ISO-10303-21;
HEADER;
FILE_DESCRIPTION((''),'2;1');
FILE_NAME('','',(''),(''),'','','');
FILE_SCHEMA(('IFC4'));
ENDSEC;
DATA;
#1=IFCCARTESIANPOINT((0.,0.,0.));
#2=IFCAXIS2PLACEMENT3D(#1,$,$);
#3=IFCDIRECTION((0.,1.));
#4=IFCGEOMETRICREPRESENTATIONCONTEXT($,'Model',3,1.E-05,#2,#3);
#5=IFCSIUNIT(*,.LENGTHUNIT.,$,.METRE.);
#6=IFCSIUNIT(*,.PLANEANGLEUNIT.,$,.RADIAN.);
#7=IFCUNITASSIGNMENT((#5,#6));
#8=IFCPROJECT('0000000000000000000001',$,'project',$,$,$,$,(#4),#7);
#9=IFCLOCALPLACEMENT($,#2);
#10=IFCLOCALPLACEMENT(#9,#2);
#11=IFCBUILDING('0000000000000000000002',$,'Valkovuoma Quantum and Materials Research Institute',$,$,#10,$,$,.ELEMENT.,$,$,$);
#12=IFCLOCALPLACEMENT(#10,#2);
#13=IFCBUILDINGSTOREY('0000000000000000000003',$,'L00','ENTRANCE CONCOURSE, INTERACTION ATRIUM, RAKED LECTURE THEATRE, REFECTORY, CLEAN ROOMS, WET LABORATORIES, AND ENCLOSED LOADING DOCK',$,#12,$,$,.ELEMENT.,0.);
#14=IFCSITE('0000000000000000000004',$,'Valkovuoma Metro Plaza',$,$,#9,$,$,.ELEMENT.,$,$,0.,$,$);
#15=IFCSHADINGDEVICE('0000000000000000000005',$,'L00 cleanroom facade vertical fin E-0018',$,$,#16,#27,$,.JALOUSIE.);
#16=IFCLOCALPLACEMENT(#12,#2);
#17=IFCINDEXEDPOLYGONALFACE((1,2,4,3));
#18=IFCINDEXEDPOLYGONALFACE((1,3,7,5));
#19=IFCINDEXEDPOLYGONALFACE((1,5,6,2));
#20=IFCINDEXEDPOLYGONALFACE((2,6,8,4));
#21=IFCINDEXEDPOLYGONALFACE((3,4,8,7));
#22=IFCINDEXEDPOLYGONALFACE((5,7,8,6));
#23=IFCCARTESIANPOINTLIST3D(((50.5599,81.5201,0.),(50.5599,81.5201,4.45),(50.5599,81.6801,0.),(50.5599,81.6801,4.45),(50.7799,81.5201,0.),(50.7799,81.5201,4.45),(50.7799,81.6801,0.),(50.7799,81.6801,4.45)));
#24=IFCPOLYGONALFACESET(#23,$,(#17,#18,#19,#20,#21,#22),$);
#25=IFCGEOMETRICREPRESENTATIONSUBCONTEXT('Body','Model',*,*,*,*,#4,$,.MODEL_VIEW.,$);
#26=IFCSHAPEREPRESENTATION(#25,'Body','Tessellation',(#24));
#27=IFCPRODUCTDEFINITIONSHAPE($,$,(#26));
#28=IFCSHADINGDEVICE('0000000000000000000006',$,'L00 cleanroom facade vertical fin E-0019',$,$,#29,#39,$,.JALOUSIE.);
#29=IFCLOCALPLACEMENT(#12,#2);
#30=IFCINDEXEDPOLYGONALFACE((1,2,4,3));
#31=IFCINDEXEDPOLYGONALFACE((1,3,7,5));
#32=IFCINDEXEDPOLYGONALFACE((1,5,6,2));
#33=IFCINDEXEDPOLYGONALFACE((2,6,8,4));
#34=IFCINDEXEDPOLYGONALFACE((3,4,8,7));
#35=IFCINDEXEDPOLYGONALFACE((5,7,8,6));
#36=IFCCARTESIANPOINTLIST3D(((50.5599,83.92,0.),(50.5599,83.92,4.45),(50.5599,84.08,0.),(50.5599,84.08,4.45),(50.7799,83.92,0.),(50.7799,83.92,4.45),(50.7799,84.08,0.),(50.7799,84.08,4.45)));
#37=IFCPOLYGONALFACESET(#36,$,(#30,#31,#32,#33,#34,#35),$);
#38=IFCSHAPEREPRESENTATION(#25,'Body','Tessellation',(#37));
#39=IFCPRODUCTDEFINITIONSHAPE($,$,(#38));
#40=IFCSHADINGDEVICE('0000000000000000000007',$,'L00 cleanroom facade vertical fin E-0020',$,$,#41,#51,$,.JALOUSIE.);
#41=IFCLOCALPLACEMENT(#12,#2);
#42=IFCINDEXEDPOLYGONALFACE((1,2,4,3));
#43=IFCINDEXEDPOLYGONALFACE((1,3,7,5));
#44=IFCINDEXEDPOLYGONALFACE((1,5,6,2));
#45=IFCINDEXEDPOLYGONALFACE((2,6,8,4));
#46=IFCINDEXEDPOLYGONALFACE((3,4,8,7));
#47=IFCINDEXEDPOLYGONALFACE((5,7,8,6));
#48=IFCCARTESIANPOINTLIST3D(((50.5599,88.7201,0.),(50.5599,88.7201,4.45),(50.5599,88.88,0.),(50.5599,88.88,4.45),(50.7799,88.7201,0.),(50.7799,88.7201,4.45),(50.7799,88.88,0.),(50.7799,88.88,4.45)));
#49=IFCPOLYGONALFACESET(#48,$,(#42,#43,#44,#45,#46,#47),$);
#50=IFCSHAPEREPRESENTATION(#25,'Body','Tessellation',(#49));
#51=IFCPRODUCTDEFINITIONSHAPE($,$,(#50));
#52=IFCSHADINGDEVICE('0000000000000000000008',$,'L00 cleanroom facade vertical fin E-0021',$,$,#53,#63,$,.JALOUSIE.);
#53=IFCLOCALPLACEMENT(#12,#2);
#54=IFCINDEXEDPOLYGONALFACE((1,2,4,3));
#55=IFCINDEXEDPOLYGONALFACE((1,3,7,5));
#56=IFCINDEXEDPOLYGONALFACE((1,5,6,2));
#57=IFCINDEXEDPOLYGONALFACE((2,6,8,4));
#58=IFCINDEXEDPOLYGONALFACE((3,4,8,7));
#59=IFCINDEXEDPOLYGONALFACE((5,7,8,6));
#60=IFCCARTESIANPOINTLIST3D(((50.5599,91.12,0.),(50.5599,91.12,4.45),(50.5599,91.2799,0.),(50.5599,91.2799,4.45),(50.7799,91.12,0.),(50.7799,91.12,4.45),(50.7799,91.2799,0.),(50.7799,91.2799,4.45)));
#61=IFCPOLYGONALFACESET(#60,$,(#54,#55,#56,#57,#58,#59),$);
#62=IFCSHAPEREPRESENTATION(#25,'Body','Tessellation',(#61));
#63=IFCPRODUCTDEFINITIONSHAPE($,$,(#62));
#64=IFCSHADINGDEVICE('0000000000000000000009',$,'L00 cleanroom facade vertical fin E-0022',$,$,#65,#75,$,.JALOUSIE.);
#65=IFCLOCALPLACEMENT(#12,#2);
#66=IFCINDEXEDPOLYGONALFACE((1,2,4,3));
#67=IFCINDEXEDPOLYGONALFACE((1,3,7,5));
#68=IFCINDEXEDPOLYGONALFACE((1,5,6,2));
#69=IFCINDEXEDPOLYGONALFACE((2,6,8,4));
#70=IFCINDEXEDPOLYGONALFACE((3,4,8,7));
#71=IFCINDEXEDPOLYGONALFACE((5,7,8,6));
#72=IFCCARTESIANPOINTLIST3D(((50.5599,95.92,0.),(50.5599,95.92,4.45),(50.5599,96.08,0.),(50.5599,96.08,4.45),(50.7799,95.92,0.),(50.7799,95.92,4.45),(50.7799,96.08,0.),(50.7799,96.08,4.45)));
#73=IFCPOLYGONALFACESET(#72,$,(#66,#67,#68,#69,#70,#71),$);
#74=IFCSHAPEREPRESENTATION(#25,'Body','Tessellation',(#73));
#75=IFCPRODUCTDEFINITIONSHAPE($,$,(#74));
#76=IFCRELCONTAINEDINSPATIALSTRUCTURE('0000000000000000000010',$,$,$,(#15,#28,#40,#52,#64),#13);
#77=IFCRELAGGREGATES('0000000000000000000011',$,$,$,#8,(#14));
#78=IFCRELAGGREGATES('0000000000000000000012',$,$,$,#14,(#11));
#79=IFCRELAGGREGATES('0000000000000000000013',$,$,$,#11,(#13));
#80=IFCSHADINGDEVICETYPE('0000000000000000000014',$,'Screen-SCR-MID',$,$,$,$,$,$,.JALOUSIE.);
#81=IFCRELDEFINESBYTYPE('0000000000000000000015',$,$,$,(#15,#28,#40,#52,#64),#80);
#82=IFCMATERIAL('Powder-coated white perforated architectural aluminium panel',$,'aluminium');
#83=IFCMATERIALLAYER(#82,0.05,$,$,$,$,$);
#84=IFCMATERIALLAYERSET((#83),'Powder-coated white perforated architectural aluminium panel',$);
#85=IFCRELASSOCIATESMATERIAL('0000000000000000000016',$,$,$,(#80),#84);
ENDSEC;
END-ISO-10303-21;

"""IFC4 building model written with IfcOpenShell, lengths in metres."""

from ifc_helpers import new_model, si_unit, direction, frame, origin, origin_2d, place, context, subcontext, project, spatial, rectangle, extrude, material, layer, layer_set, type_object, element, save


model = new_model("IFC4")

# Units and contexts
model_context = context("Model", 3, precision=1e-05, world=origin(), true_north=direction((0.0, 1.0)))
body_context = subcontext(model_context, "Body", "Model", "MODEL_VIEW")
ifc_project = project(units=[si_unit("LENGTHUNIT", "METRE"), si_unit("PLANEANGLEUNIT", "RADIAN")], contexts=[model_context])

# Site, building, storey
site_placement = place(None, origin())
site = spatial("IfcSite", under=ifc_project, at=site_placement, Name="Valkovuoma Metro Plaza", CompositionType="ELEMENT", RefElevation=0.0)
building_placement = place(site_placement, origin())
building = spatial("IfcBuilding", under=site, at=building_placement, Name="Valkovuoma Quantum and Materials Research Institute", CompositionType="ELEMENT")
storey_placement = place(building_placement, origin())
storey = spatial("IfcBuildingStorey", under=building, at=storey_placement, Name="L00", Description="ENTRANCE CONCOURSE, INTERACTION ATRIUM, RAKED LECTURE THEATRE, REFECTORY, CLEAN ROOMS, WET LABORATORIES, AND ENCLOSED LOADING DOCK", CompositionType="ELEMENT", Elevation=0.0)

# Shading devices
ifc_material_1 = material(Name="Powder-coated white perforated architectural aluminium panel", Category="aluminium")
ifc_layer_1 = layer(ifc_material_1, 0.05)
ifc_layer_set_1 = layer_set([ifc_layer_1], Name="Powder-coated white perforated architectural aluminium panel")
shading_device_type = type_object("IfcShadingDeviceType", Name="Screen-SCR-MID", PredefinedType="JALOUSIE", material=ifc_layer_set_1)
for number, where, z_axis, x_axis, name in (
    (1, (50.6699, 81.6001, 0.0), (0.0, 0.0, 1.0), (1.0, 0.0, 0.0), "L00 cleanroom facade vertical fin E-0018"),
    (2, (50.6699, 84.0, 0.0), (0.0, 0.0, 1.0), (1.0, 0.0, 0.0), "L00 cleanroom facade vertical fin E-0019"),
    (3, (50.6699, 88.8, 0.0), (0.0, 0.0, 1.0), (1.0, 0.0, 0.0), "L00 cleanroom facade vertical fin E-0020"),
    (4, (50.6699, 91.2, 0.0), (0.0, 0.0, 1.0), (1.0, 0.0, 0.0), "L00 cleanroom facade vertical fin E-0021"),
    (5, (50.6699, 96.0, 0.0), (0.0, 0.0, 1.0), (1.0, 0.0, 0.0), "L00 cleanroom facade vertical fin E-0022"),
):
    element("IfcShadingDevice", number, at=place(storey_placement, frame(where, z_axis=z_axis, x_axis=x_axis)), inside=storey, type_object=shading_device_type, Name=name, PredefinedType="JALOUSIE", context=body_context, shape_type="SweptSolid", body=[
        extrude(rectangle(XDim=0.22, YDim=0.1599, at=origin_2d()), origin(), (0.0, 0.0, 1.0), 4.45),
    ])

save(model, "model.ifc")
